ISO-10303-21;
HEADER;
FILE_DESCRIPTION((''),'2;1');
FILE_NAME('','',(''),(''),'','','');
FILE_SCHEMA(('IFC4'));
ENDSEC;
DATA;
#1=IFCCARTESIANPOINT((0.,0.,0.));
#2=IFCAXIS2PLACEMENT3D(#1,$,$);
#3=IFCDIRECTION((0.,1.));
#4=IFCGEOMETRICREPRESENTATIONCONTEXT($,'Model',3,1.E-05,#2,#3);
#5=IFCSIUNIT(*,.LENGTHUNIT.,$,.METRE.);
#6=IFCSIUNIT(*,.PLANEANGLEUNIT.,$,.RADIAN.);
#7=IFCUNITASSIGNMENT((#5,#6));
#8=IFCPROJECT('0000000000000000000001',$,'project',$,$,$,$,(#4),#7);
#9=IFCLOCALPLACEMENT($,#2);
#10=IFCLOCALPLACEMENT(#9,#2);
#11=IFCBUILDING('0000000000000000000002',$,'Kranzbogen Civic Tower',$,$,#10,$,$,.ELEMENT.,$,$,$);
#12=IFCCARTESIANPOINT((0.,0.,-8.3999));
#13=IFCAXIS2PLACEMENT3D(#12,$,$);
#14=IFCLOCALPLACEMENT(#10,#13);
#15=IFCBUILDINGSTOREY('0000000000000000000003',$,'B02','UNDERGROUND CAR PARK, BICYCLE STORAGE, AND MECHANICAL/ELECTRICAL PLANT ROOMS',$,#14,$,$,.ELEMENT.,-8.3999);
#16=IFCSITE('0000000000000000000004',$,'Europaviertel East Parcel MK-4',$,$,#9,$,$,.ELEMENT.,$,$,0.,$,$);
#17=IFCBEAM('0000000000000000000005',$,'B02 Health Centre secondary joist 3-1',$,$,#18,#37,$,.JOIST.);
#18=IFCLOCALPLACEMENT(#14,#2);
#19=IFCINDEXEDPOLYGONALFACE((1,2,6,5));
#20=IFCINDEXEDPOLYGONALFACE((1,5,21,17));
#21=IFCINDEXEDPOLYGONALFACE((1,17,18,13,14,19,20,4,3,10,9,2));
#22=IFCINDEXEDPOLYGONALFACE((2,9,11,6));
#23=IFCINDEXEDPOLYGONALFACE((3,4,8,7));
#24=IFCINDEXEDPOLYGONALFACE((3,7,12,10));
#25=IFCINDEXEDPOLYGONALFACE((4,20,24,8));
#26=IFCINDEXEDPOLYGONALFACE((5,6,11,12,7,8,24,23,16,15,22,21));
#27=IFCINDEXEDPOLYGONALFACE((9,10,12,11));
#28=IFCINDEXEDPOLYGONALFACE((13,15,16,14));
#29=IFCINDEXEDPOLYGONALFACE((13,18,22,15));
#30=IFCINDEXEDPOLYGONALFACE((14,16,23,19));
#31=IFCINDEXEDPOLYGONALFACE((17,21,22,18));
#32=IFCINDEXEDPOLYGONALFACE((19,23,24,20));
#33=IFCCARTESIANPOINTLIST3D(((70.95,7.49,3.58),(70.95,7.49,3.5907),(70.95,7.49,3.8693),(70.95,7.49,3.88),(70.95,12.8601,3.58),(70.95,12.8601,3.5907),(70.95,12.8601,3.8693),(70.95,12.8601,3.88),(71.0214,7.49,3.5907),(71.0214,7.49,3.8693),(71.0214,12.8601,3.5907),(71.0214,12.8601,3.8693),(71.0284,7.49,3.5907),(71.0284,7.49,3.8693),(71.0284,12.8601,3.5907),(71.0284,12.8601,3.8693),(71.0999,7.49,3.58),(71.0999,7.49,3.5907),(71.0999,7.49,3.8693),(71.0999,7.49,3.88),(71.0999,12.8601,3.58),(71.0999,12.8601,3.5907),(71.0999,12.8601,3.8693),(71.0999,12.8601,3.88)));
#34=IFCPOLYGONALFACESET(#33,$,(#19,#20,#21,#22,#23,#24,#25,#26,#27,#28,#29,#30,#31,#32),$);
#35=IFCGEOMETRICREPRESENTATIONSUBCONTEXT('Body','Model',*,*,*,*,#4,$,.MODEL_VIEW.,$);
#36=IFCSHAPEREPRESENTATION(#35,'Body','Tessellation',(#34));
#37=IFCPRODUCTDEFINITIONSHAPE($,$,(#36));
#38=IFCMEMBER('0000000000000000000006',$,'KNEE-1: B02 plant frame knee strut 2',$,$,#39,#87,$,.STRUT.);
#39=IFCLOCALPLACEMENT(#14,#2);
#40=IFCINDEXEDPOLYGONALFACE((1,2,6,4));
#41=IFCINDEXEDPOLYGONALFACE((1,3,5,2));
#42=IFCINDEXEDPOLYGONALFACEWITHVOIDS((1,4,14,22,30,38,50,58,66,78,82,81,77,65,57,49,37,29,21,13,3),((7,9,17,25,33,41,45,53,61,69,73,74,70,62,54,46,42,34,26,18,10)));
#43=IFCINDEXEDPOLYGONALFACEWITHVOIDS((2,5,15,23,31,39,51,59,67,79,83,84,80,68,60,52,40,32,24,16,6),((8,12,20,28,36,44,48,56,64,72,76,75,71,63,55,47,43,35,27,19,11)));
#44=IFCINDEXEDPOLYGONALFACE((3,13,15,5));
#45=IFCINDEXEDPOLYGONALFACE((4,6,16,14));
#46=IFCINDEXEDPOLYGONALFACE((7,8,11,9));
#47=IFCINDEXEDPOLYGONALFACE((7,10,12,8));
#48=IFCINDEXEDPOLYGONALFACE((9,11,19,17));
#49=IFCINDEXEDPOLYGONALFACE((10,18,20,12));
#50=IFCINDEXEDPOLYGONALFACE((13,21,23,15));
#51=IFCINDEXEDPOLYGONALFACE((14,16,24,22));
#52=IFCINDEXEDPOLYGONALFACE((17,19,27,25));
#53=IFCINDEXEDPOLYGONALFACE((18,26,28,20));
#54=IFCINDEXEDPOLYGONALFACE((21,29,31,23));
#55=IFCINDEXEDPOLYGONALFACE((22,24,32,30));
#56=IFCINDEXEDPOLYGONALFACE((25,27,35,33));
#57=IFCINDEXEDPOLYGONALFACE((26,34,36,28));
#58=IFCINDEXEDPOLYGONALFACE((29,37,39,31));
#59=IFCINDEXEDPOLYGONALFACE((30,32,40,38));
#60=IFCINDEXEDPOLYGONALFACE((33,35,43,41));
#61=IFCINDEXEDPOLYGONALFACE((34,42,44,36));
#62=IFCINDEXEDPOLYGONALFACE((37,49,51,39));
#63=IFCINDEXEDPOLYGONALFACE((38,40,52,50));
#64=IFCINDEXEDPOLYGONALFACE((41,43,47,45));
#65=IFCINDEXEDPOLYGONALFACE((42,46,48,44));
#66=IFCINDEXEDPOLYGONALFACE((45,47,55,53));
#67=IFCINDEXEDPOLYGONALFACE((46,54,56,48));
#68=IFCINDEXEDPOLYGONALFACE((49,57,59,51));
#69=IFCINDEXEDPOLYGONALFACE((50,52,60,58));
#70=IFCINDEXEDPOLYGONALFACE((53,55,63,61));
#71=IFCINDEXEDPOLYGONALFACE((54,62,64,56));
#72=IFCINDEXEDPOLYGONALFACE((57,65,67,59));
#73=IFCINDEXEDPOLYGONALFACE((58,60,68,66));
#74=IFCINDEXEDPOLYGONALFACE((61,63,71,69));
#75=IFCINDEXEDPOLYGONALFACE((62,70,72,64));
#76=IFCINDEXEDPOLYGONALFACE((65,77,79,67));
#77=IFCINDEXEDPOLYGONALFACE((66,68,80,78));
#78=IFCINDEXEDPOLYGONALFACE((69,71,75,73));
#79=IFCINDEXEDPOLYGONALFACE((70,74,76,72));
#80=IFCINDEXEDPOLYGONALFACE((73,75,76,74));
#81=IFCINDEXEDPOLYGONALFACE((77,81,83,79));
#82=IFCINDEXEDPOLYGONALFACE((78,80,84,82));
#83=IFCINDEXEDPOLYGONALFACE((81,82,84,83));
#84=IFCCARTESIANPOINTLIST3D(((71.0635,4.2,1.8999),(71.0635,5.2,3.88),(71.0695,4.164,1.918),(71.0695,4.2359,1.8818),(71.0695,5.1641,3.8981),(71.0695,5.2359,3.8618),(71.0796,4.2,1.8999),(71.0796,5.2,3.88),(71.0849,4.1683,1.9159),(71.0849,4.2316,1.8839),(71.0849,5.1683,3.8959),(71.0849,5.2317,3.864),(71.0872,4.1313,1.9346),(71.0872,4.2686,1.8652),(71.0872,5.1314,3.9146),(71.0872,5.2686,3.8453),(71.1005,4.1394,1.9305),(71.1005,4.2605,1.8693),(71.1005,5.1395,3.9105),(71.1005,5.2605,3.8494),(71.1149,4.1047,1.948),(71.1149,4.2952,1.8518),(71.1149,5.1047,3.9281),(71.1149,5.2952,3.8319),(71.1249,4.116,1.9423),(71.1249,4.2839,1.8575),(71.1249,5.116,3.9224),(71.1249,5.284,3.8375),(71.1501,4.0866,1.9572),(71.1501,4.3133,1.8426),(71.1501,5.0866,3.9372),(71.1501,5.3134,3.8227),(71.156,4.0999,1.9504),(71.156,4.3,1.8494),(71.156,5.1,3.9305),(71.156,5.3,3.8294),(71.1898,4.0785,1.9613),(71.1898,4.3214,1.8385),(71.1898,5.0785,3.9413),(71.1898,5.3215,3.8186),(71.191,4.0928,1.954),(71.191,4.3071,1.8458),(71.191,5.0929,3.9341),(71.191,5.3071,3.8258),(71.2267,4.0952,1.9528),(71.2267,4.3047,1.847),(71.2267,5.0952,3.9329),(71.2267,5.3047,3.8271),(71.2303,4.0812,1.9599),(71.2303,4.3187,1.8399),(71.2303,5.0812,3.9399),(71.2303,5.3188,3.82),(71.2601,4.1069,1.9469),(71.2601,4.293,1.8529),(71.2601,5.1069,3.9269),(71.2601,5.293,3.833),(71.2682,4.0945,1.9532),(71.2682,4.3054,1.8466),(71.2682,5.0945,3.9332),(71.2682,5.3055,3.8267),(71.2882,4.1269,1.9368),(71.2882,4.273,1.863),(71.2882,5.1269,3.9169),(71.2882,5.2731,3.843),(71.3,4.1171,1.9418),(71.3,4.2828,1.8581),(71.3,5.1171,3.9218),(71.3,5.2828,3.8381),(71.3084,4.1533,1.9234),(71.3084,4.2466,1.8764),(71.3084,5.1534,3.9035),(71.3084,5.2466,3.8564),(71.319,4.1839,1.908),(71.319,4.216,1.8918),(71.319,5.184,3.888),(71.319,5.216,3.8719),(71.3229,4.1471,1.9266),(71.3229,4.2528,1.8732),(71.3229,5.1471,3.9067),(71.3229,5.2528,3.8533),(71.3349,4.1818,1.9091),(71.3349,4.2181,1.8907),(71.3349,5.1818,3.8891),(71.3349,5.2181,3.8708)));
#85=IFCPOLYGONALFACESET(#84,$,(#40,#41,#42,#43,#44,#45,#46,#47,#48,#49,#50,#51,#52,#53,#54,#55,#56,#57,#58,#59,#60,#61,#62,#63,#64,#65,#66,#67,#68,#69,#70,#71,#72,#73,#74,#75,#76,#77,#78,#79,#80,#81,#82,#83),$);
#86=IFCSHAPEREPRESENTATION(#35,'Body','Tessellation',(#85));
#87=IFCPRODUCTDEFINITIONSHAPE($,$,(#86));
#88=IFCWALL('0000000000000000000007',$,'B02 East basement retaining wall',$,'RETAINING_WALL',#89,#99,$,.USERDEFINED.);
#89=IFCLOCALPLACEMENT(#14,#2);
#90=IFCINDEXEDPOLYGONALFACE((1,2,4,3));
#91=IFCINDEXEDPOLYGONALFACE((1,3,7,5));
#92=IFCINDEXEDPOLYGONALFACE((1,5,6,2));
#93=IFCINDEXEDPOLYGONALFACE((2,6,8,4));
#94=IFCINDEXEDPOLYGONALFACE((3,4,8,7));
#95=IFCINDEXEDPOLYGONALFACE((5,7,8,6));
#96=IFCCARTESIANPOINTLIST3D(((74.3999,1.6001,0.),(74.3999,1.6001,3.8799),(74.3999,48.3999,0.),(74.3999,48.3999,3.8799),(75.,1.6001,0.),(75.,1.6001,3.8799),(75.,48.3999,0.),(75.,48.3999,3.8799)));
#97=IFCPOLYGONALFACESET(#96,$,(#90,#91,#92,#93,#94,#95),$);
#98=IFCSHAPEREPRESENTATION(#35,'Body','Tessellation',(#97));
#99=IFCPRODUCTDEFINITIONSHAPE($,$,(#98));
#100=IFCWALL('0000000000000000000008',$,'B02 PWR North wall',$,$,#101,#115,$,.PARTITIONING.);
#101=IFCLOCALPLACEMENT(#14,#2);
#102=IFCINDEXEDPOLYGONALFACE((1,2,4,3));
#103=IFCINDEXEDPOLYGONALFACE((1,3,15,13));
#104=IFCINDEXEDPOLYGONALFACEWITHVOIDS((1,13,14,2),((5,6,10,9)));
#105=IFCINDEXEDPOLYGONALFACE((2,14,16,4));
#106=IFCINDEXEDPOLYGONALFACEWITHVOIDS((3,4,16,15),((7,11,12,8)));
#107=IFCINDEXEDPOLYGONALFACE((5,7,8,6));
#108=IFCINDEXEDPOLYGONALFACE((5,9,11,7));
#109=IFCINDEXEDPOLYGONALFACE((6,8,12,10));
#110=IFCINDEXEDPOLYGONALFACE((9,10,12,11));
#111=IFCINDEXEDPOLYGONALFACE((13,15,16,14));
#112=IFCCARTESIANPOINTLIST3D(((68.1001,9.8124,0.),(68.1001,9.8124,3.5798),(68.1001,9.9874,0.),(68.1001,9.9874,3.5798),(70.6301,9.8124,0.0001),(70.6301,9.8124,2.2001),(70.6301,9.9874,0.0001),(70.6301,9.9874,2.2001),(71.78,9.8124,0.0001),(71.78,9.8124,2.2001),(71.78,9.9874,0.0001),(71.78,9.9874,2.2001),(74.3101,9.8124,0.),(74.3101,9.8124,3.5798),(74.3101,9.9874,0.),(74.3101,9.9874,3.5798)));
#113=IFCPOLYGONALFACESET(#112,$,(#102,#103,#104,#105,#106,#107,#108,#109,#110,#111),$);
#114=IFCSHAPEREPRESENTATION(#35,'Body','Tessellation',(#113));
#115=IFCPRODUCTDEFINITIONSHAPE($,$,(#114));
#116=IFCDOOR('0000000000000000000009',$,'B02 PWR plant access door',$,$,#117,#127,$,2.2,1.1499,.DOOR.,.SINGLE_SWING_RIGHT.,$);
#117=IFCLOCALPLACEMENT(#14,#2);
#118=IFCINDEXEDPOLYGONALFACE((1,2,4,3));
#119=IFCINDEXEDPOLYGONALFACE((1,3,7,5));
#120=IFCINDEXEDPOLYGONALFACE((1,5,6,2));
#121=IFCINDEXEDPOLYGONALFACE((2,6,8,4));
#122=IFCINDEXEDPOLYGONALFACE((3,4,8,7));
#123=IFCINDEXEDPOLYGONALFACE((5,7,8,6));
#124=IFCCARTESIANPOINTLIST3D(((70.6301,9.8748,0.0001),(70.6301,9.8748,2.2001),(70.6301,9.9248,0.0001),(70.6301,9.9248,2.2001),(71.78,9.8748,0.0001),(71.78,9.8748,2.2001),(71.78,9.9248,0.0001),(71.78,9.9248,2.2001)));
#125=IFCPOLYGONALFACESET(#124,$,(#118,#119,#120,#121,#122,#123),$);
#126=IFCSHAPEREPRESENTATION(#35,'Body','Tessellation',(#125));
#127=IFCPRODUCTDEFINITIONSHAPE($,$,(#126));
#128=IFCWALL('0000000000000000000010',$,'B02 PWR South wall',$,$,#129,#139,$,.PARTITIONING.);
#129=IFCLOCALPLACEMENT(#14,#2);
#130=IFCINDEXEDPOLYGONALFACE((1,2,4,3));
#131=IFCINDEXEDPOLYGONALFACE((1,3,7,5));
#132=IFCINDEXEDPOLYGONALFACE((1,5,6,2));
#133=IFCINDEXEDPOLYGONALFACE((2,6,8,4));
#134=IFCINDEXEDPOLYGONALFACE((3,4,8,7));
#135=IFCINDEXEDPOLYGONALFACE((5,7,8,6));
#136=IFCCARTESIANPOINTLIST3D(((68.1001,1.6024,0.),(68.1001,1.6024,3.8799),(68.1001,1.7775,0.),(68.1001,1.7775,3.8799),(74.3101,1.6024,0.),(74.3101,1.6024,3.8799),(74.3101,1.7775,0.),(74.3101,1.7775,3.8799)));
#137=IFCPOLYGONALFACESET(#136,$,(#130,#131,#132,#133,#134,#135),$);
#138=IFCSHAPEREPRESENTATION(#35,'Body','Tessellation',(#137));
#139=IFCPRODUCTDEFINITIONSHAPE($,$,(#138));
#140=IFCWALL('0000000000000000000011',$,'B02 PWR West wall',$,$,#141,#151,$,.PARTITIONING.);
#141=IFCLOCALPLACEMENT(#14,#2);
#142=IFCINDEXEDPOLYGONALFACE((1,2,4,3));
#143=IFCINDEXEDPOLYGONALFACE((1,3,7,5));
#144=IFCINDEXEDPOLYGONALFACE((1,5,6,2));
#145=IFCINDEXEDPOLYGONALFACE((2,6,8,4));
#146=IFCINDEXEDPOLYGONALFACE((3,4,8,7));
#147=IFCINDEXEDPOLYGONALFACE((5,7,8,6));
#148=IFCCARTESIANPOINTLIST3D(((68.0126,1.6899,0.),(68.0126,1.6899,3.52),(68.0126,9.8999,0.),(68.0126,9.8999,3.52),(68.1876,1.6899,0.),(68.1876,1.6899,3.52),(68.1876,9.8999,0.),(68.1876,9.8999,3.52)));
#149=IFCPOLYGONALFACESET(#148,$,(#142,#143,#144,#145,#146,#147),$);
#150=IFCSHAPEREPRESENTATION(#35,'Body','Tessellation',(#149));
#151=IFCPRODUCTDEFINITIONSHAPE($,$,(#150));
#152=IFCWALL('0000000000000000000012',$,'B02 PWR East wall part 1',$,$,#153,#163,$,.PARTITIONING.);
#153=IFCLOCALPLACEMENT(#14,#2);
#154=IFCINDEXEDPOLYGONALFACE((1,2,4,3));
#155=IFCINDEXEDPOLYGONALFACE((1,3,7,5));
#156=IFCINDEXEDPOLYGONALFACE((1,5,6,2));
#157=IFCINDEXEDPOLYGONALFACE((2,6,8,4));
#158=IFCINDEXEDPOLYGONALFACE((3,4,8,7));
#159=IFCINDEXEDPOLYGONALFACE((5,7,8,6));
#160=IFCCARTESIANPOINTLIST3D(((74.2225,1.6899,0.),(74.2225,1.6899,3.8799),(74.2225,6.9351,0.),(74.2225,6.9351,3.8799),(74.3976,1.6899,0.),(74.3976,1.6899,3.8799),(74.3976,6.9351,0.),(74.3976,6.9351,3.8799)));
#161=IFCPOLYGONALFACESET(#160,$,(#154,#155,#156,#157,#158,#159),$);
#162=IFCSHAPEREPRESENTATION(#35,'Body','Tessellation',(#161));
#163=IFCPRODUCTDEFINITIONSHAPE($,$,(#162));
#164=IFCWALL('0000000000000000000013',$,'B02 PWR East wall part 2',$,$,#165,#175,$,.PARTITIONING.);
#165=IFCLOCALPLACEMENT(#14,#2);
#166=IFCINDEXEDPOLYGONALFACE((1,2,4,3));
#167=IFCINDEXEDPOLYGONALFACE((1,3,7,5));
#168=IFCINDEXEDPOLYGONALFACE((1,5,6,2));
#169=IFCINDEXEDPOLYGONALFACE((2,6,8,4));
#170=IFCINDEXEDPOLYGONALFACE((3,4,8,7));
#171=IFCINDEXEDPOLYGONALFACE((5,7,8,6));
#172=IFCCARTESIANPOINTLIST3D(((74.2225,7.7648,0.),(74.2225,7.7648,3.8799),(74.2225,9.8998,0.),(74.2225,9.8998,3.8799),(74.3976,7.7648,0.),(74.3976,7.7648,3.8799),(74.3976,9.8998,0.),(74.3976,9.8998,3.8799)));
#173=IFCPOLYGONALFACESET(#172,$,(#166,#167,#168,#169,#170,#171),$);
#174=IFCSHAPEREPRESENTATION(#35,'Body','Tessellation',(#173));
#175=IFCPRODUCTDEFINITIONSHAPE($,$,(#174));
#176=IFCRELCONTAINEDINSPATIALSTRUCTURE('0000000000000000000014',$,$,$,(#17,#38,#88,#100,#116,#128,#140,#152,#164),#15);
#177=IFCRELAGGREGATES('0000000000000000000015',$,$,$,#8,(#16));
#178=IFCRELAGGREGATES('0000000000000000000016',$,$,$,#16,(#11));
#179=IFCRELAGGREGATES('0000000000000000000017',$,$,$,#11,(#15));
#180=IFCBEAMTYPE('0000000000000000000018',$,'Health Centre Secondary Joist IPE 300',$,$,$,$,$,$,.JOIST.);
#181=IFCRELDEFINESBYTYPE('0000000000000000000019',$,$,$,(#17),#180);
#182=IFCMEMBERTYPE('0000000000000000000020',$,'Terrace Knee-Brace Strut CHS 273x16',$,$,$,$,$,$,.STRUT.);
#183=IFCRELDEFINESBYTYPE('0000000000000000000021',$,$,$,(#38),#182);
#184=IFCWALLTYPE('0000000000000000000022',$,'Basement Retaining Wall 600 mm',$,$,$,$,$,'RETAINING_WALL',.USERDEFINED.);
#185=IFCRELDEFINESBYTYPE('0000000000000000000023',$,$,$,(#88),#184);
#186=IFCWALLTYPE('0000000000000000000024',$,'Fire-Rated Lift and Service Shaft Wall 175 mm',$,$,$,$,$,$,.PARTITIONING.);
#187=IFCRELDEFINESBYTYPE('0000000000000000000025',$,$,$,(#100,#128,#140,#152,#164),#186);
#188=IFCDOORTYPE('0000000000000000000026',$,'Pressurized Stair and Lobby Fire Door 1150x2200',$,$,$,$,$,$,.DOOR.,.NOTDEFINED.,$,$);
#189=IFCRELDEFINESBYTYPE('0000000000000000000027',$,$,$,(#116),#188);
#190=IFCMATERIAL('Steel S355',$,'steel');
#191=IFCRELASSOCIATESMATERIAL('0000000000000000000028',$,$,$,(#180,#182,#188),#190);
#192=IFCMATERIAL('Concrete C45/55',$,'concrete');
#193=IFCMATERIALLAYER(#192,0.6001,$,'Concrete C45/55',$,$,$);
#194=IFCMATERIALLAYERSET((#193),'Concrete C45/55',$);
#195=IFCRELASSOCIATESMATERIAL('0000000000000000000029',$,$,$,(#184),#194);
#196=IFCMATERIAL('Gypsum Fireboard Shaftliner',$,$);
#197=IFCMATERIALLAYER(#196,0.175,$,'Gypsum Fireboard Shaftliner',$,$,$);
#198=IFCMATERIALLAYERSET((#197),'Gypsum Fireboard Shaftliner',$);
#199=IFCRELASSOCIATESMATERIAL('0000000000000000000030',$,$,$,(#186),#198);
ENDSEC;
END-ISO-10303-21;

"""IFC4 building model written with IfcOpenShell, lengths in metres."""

from ifc_helpers import new_model, si_unit, direction, frame, frame_2d, origin, origin_2d, place, context, subcontext, project, spatial, rectangle, hollow_circle, i_section, extrude, material, layer, layer_set, material_profile, profile_set, type_object, element, fill, save


model = new_model("IFC4")

# Units and contexts
model_context = context("Model", 3, precision=1e-05, world=origin(), true_north=direction((0.0, 1.0)))
body_context = subcontext(model_context, "Body", "Model", "MODEL_VIEW")
ifc_project = project(units=[si_unit("LENGTHUNIT", "METRE"), si_unit("PLANEANGLEUNIT", "RADIAN")], contexts=[model_context])

# Site, building, storey
site_placement = place(None, origin())
site = spatial("IfcSite", under=ifc_project, at=site_placement, Name="Europaviertel East Parcel MK-4", CompositionType="ELEMENT", RefElevation=0.0)
building_placement = place(site_placement, origin())
building = spatial("IfcBuilding", under=site, at=building_placement, Name="Kranzbogen Civic Tower", CompositionType="ELEMENT")
storey_placement = place(building_placement, frame((0.0, 0.0, -8.3999)))
storey = spatial("IfcBuildingStorey", under=building, at=storey_placement, Name="B02", Description="UNDERGROUND CAR PARK, BICYCLE STORAGE, AND MECHANICAL/ELECTRICAL PLANT ROOMS", CompositionType="ELEMENT", Elevation=-8.3999)

# Shared definitions
ifc_material_1 = material(Name="Steel S355", Category="steel")

# Beam
ifc_material_profile_1 = material_profile(ifc_material_1, i_section(OverallWidth=0.1499, OverallDepth=0.3, WebThickness=0.0071, FlangeThickness=0.0107, at=origin_2d()), Name="IPE 300")
ifc_profile_set_1 = profile_set([ifc_material_profile_1], Name="Steel S355")
beam_type_1 = type_object("IfcBeamType", Name="Health Centre Secondary Joist IPE 300", PredefinedType="JOIST", material=ifc_profile_set_1)
for number, where, z_axis, x_axis, name in (
    (1, (71.0249, 7.49, 3.73), (0.0, 1.0, 0.0), (-1.0, 0.0, 0.0), "B02 Health Centre secondary joist 3-1"),
):
    element("IfcBeam", number, at=place(storey_placement, frame(where, z_axis=z_axis, x_axis=x_axis)), inside=storey, type_object=beam_type_1, Name=name, PredefinedType="JOIST", context=body_context, shape_type="SweptSolid", body=[
        extrude(i_section(OverallWidth=0.1499, OverallDepth=0.3, WebThickness=0.0071, FlangeThickness=0.0107, at=origin_2d()), origin(), (0.0, 0.0, 1.0), 5.3701),
    ])

# Member
ifc_material_profile_2 = material_profile(ifc_material_1, hollow_circle(Radius=0.1365, WallThickness=0.0161, at=origin_2d()), Name="CHS 273x16")
ifc_profile_set_2 = profile_set([ifc_material_profile_2], Name="Steel S355")
member_type = type_object("IfcMemberType", Name="Terrace Knee-Brace Strut CHS 273x16", PredefinedType="STRUT", material=ifc_profile_set_2)
member_placement = place(storey_placement, frame((71.2, 4.2, 1.8999), z_axis=(0.0, 0.45082, 0.892615), x_axis=(-1.0, 0.0, 0.0)))
element("IfcMember", 2, at=member_placement, inside=storey, type_object=member_type, Name="KNEE-1: B02 plant frame knee strut 2", PredefinedType="STRUT", context=body_context, shape_type="SweptSolid", body=[
    extrude(hollow_circle(Radius=0.1365, WallThickness=0.0161, at=origin_2d()), origin(), (0.0, 0.0, 1.0), 2.2183),
])

# Wall
ifc_material_2 = material(Name="Concrete C45/55", Category="concrete")
ifc_layer_1 = layer(ifc_material_2, 0.6001, Name="Concrete C45/55")
ifc_layer_set_1 = layer_set([ifc_layer_1], Name="Concrete C45/55")
wall_type_1 = type_object("IfcWallType", Name="Basement Retaining Wall 600 mm", ElementType="RETAINING_WALL", PredefinedType="USERDEFINED", material=ifc_layer_set_1)
wall_1_placement = place(storey_placement, frame((74.7, 1.6001, 0.0), z_axis=(0.0, 0.0, 1.0), x_axis=(0.0, 1.0, 0.0)))
element("IfcWall", 3, at=wall_1_placement, inside=storey, type_object=wall_type_1, Name="B02 East basement retaining wall", ObjectType="RETAINING_WALL", PredefinedType="USERDEFINED", context=body_context, shape_type="SweptSolid", body=[
    extrude(rectangle(XDim=46.7998, YDim=0.6001, at=frame_2d((23.3999, 0.0))), origin(), (0.0, 0.0, 1.0), 3.8799),
])

# Wall, opening, door
ifc_material_3 = material(Name="Gypsum Fireboard Shaftliner")
ifc_layer_2 = layer(ifc_material_3, 0.175, Name="Gypsum Fireboard Shaftliner")
ifc_layer_set_2 = layer_set([ifc_layer_2], Name="Gypsum Fireboard Shaftliner")
wall_type_2 = type_object("IfcWallType", Name="Fire-Rated Lift and Service Shaft Wall 175 mm", PredefinedType="PARTITIONING", material=ifc_layer_set_2)
wall_2_placement = place(storey_placement, frame((68.1001, 9.8999, 0.0), z_axis=(0.0, 0.0, 1.0), x_axis=(1.0, 0.0, 0.0)))
wall_2 = element("IfcWall", 4, at=wall_2_placement, inside=storey, type_object=wall_type_2, Name="B02 PWR North wall", PredefinedType="PARTITIONING", context=body_context, shape_type="SweptSolid", body=[
    extrude(rectangle(XDim=6.21, YDim=0.175, at=frame_2d((3.105, 0.0))), origin(), (0.0, 0.0, 1.0), 3.5798),
])
opening_placement = place(wall_2_placement, frame((2.53, 0.0, 0.0)))
opening = element("IfcOpeningElement", 5, at=opening_placement, cuts=wall_2, PredefinedType="OPENING", context=body_context, shape_type="SweptSolid", body=[
    extrude(rectangle(XDim=1.1499, YDim=2.2, at=frame_2d((0.575, 1.1001))), frame((0.0, 0.0977, 0.0), z_axis=(0.0, -1.0, 0.0), x_axis=(1.0, 0.0, 0.0)), (0.0, 0.0, 1.0), 0.1951),
])
door_type = type_object("IfcDoorType", Name="Pressurized Stair and Lobby Fire Door 1150x2200", OperationType="NOTDEFINED", PredefinedType="DOOR", material=ifc_material_1)
door_placement = place(opening_placement, origin())
door = element("IfcDoor", 6, at=door_placement, inside=storey, type_object=door_type, Name="B02 PWR plant access door", OperationType="SINGLE_SWING_RIGHT", OverallHeight=2.2, OverallWidth=1.1499, PredefinedType="DOOR", context=body_context, shape_type="SweptSolid", body=[
    extrude(rectangle(XDim=1.1499, YDim=2.2, at=frame_2d((0.575, 1.1001))), frame((0.0, 0.0249, 0.0), z_axis=(0.0, -1.0, 0.0), x_axis=(1.0, 0.0, 0.0)), (0.0, 0.0, 1.0), 0.05),
])
fill(opening, door)

# Walls
wall_3_placement = place(storey_placement, frame((68.1001, 1.6899, 0.0), z_axis=(0.0, 0.0, 1.0), x_axis=(1.0, 0.0, 0.0)))
element("IfcWall", 7, at=wall_3_placement, inside=storey, type_object=wall_type_2, Name="B02 PWR South wall", PredefinedType="PARTITIONING", context=body_context, shape_type="SweptSolid", body=[
    extrude(rectangle(XDim=6.21, YDim=0.175, at=frame_2d((3.105, 0.0))), origin(), (0.0, 0.0, 1.0), 3.8799),
])
wall_4_placement = place(storey_placement, frame((68.1001, 1.6899, 0.0), z_axis=(0.0, 0.0, 1.0), x_axis=(0.0, 1.0, 0.0)))
element("IfcWall", 8, at=wall_4_placement, inside=storey, type_object=wall_type_2, Name="B02 PWR West wall", PredefinedType="PARTITIONING", context=body_context, shape_type="SweptSolid", body=[
    extrude(rectangle(XDim=8.21, YDim=0.175, at=frame_2d((4.105, 0.0))), origin(), (0.0, 0.0, 1.0), 3.52),
])
wall_5_placement = place(storey_placement, frame((74.3101, 1.6899, 0.0), z_axis=(0.0, 0.0, 1.0), x_axis=(0.0, 1.0, 0.0)))
element("IfcWall", 9, at=wall_5_placement, inside=storey, type_object=wall_type_2, Name="B02 PWR East wall part 1", PredefinedType="PARTITIONING", context=body_context, shape_type="SweptSolid", body=[
    extrude(rectangle(XDim=5.2451, YDim=0.175, at=frame_2d((2.6226, 0.0))), origin(), (0.0, 0.0, 1.0), 3.8799),
])
wall_6_placement = place(storey_placement, frame((74.3101, 7.7649, 0.0), z_axis=(0.0, 0.0, 1.0), x_axis=(0.0, 1.0, 0.0)))
element("IfcWall", 10, at=wall_6_placement, inside=storey, type_object=wall_type_2, Name="B02 PWR East wall part 2", PredefinedType="PARTITIONING", context=body_context, shape_type="SweptSolid", body=[
    extrude(rectangle(XDim=2.135, YDim=0.175, at=frame_2d((1.0674, 0.0))), origin(), (0.0, 0.0, 1.0), 3.8799),
])

save(model, "model.ifc")
